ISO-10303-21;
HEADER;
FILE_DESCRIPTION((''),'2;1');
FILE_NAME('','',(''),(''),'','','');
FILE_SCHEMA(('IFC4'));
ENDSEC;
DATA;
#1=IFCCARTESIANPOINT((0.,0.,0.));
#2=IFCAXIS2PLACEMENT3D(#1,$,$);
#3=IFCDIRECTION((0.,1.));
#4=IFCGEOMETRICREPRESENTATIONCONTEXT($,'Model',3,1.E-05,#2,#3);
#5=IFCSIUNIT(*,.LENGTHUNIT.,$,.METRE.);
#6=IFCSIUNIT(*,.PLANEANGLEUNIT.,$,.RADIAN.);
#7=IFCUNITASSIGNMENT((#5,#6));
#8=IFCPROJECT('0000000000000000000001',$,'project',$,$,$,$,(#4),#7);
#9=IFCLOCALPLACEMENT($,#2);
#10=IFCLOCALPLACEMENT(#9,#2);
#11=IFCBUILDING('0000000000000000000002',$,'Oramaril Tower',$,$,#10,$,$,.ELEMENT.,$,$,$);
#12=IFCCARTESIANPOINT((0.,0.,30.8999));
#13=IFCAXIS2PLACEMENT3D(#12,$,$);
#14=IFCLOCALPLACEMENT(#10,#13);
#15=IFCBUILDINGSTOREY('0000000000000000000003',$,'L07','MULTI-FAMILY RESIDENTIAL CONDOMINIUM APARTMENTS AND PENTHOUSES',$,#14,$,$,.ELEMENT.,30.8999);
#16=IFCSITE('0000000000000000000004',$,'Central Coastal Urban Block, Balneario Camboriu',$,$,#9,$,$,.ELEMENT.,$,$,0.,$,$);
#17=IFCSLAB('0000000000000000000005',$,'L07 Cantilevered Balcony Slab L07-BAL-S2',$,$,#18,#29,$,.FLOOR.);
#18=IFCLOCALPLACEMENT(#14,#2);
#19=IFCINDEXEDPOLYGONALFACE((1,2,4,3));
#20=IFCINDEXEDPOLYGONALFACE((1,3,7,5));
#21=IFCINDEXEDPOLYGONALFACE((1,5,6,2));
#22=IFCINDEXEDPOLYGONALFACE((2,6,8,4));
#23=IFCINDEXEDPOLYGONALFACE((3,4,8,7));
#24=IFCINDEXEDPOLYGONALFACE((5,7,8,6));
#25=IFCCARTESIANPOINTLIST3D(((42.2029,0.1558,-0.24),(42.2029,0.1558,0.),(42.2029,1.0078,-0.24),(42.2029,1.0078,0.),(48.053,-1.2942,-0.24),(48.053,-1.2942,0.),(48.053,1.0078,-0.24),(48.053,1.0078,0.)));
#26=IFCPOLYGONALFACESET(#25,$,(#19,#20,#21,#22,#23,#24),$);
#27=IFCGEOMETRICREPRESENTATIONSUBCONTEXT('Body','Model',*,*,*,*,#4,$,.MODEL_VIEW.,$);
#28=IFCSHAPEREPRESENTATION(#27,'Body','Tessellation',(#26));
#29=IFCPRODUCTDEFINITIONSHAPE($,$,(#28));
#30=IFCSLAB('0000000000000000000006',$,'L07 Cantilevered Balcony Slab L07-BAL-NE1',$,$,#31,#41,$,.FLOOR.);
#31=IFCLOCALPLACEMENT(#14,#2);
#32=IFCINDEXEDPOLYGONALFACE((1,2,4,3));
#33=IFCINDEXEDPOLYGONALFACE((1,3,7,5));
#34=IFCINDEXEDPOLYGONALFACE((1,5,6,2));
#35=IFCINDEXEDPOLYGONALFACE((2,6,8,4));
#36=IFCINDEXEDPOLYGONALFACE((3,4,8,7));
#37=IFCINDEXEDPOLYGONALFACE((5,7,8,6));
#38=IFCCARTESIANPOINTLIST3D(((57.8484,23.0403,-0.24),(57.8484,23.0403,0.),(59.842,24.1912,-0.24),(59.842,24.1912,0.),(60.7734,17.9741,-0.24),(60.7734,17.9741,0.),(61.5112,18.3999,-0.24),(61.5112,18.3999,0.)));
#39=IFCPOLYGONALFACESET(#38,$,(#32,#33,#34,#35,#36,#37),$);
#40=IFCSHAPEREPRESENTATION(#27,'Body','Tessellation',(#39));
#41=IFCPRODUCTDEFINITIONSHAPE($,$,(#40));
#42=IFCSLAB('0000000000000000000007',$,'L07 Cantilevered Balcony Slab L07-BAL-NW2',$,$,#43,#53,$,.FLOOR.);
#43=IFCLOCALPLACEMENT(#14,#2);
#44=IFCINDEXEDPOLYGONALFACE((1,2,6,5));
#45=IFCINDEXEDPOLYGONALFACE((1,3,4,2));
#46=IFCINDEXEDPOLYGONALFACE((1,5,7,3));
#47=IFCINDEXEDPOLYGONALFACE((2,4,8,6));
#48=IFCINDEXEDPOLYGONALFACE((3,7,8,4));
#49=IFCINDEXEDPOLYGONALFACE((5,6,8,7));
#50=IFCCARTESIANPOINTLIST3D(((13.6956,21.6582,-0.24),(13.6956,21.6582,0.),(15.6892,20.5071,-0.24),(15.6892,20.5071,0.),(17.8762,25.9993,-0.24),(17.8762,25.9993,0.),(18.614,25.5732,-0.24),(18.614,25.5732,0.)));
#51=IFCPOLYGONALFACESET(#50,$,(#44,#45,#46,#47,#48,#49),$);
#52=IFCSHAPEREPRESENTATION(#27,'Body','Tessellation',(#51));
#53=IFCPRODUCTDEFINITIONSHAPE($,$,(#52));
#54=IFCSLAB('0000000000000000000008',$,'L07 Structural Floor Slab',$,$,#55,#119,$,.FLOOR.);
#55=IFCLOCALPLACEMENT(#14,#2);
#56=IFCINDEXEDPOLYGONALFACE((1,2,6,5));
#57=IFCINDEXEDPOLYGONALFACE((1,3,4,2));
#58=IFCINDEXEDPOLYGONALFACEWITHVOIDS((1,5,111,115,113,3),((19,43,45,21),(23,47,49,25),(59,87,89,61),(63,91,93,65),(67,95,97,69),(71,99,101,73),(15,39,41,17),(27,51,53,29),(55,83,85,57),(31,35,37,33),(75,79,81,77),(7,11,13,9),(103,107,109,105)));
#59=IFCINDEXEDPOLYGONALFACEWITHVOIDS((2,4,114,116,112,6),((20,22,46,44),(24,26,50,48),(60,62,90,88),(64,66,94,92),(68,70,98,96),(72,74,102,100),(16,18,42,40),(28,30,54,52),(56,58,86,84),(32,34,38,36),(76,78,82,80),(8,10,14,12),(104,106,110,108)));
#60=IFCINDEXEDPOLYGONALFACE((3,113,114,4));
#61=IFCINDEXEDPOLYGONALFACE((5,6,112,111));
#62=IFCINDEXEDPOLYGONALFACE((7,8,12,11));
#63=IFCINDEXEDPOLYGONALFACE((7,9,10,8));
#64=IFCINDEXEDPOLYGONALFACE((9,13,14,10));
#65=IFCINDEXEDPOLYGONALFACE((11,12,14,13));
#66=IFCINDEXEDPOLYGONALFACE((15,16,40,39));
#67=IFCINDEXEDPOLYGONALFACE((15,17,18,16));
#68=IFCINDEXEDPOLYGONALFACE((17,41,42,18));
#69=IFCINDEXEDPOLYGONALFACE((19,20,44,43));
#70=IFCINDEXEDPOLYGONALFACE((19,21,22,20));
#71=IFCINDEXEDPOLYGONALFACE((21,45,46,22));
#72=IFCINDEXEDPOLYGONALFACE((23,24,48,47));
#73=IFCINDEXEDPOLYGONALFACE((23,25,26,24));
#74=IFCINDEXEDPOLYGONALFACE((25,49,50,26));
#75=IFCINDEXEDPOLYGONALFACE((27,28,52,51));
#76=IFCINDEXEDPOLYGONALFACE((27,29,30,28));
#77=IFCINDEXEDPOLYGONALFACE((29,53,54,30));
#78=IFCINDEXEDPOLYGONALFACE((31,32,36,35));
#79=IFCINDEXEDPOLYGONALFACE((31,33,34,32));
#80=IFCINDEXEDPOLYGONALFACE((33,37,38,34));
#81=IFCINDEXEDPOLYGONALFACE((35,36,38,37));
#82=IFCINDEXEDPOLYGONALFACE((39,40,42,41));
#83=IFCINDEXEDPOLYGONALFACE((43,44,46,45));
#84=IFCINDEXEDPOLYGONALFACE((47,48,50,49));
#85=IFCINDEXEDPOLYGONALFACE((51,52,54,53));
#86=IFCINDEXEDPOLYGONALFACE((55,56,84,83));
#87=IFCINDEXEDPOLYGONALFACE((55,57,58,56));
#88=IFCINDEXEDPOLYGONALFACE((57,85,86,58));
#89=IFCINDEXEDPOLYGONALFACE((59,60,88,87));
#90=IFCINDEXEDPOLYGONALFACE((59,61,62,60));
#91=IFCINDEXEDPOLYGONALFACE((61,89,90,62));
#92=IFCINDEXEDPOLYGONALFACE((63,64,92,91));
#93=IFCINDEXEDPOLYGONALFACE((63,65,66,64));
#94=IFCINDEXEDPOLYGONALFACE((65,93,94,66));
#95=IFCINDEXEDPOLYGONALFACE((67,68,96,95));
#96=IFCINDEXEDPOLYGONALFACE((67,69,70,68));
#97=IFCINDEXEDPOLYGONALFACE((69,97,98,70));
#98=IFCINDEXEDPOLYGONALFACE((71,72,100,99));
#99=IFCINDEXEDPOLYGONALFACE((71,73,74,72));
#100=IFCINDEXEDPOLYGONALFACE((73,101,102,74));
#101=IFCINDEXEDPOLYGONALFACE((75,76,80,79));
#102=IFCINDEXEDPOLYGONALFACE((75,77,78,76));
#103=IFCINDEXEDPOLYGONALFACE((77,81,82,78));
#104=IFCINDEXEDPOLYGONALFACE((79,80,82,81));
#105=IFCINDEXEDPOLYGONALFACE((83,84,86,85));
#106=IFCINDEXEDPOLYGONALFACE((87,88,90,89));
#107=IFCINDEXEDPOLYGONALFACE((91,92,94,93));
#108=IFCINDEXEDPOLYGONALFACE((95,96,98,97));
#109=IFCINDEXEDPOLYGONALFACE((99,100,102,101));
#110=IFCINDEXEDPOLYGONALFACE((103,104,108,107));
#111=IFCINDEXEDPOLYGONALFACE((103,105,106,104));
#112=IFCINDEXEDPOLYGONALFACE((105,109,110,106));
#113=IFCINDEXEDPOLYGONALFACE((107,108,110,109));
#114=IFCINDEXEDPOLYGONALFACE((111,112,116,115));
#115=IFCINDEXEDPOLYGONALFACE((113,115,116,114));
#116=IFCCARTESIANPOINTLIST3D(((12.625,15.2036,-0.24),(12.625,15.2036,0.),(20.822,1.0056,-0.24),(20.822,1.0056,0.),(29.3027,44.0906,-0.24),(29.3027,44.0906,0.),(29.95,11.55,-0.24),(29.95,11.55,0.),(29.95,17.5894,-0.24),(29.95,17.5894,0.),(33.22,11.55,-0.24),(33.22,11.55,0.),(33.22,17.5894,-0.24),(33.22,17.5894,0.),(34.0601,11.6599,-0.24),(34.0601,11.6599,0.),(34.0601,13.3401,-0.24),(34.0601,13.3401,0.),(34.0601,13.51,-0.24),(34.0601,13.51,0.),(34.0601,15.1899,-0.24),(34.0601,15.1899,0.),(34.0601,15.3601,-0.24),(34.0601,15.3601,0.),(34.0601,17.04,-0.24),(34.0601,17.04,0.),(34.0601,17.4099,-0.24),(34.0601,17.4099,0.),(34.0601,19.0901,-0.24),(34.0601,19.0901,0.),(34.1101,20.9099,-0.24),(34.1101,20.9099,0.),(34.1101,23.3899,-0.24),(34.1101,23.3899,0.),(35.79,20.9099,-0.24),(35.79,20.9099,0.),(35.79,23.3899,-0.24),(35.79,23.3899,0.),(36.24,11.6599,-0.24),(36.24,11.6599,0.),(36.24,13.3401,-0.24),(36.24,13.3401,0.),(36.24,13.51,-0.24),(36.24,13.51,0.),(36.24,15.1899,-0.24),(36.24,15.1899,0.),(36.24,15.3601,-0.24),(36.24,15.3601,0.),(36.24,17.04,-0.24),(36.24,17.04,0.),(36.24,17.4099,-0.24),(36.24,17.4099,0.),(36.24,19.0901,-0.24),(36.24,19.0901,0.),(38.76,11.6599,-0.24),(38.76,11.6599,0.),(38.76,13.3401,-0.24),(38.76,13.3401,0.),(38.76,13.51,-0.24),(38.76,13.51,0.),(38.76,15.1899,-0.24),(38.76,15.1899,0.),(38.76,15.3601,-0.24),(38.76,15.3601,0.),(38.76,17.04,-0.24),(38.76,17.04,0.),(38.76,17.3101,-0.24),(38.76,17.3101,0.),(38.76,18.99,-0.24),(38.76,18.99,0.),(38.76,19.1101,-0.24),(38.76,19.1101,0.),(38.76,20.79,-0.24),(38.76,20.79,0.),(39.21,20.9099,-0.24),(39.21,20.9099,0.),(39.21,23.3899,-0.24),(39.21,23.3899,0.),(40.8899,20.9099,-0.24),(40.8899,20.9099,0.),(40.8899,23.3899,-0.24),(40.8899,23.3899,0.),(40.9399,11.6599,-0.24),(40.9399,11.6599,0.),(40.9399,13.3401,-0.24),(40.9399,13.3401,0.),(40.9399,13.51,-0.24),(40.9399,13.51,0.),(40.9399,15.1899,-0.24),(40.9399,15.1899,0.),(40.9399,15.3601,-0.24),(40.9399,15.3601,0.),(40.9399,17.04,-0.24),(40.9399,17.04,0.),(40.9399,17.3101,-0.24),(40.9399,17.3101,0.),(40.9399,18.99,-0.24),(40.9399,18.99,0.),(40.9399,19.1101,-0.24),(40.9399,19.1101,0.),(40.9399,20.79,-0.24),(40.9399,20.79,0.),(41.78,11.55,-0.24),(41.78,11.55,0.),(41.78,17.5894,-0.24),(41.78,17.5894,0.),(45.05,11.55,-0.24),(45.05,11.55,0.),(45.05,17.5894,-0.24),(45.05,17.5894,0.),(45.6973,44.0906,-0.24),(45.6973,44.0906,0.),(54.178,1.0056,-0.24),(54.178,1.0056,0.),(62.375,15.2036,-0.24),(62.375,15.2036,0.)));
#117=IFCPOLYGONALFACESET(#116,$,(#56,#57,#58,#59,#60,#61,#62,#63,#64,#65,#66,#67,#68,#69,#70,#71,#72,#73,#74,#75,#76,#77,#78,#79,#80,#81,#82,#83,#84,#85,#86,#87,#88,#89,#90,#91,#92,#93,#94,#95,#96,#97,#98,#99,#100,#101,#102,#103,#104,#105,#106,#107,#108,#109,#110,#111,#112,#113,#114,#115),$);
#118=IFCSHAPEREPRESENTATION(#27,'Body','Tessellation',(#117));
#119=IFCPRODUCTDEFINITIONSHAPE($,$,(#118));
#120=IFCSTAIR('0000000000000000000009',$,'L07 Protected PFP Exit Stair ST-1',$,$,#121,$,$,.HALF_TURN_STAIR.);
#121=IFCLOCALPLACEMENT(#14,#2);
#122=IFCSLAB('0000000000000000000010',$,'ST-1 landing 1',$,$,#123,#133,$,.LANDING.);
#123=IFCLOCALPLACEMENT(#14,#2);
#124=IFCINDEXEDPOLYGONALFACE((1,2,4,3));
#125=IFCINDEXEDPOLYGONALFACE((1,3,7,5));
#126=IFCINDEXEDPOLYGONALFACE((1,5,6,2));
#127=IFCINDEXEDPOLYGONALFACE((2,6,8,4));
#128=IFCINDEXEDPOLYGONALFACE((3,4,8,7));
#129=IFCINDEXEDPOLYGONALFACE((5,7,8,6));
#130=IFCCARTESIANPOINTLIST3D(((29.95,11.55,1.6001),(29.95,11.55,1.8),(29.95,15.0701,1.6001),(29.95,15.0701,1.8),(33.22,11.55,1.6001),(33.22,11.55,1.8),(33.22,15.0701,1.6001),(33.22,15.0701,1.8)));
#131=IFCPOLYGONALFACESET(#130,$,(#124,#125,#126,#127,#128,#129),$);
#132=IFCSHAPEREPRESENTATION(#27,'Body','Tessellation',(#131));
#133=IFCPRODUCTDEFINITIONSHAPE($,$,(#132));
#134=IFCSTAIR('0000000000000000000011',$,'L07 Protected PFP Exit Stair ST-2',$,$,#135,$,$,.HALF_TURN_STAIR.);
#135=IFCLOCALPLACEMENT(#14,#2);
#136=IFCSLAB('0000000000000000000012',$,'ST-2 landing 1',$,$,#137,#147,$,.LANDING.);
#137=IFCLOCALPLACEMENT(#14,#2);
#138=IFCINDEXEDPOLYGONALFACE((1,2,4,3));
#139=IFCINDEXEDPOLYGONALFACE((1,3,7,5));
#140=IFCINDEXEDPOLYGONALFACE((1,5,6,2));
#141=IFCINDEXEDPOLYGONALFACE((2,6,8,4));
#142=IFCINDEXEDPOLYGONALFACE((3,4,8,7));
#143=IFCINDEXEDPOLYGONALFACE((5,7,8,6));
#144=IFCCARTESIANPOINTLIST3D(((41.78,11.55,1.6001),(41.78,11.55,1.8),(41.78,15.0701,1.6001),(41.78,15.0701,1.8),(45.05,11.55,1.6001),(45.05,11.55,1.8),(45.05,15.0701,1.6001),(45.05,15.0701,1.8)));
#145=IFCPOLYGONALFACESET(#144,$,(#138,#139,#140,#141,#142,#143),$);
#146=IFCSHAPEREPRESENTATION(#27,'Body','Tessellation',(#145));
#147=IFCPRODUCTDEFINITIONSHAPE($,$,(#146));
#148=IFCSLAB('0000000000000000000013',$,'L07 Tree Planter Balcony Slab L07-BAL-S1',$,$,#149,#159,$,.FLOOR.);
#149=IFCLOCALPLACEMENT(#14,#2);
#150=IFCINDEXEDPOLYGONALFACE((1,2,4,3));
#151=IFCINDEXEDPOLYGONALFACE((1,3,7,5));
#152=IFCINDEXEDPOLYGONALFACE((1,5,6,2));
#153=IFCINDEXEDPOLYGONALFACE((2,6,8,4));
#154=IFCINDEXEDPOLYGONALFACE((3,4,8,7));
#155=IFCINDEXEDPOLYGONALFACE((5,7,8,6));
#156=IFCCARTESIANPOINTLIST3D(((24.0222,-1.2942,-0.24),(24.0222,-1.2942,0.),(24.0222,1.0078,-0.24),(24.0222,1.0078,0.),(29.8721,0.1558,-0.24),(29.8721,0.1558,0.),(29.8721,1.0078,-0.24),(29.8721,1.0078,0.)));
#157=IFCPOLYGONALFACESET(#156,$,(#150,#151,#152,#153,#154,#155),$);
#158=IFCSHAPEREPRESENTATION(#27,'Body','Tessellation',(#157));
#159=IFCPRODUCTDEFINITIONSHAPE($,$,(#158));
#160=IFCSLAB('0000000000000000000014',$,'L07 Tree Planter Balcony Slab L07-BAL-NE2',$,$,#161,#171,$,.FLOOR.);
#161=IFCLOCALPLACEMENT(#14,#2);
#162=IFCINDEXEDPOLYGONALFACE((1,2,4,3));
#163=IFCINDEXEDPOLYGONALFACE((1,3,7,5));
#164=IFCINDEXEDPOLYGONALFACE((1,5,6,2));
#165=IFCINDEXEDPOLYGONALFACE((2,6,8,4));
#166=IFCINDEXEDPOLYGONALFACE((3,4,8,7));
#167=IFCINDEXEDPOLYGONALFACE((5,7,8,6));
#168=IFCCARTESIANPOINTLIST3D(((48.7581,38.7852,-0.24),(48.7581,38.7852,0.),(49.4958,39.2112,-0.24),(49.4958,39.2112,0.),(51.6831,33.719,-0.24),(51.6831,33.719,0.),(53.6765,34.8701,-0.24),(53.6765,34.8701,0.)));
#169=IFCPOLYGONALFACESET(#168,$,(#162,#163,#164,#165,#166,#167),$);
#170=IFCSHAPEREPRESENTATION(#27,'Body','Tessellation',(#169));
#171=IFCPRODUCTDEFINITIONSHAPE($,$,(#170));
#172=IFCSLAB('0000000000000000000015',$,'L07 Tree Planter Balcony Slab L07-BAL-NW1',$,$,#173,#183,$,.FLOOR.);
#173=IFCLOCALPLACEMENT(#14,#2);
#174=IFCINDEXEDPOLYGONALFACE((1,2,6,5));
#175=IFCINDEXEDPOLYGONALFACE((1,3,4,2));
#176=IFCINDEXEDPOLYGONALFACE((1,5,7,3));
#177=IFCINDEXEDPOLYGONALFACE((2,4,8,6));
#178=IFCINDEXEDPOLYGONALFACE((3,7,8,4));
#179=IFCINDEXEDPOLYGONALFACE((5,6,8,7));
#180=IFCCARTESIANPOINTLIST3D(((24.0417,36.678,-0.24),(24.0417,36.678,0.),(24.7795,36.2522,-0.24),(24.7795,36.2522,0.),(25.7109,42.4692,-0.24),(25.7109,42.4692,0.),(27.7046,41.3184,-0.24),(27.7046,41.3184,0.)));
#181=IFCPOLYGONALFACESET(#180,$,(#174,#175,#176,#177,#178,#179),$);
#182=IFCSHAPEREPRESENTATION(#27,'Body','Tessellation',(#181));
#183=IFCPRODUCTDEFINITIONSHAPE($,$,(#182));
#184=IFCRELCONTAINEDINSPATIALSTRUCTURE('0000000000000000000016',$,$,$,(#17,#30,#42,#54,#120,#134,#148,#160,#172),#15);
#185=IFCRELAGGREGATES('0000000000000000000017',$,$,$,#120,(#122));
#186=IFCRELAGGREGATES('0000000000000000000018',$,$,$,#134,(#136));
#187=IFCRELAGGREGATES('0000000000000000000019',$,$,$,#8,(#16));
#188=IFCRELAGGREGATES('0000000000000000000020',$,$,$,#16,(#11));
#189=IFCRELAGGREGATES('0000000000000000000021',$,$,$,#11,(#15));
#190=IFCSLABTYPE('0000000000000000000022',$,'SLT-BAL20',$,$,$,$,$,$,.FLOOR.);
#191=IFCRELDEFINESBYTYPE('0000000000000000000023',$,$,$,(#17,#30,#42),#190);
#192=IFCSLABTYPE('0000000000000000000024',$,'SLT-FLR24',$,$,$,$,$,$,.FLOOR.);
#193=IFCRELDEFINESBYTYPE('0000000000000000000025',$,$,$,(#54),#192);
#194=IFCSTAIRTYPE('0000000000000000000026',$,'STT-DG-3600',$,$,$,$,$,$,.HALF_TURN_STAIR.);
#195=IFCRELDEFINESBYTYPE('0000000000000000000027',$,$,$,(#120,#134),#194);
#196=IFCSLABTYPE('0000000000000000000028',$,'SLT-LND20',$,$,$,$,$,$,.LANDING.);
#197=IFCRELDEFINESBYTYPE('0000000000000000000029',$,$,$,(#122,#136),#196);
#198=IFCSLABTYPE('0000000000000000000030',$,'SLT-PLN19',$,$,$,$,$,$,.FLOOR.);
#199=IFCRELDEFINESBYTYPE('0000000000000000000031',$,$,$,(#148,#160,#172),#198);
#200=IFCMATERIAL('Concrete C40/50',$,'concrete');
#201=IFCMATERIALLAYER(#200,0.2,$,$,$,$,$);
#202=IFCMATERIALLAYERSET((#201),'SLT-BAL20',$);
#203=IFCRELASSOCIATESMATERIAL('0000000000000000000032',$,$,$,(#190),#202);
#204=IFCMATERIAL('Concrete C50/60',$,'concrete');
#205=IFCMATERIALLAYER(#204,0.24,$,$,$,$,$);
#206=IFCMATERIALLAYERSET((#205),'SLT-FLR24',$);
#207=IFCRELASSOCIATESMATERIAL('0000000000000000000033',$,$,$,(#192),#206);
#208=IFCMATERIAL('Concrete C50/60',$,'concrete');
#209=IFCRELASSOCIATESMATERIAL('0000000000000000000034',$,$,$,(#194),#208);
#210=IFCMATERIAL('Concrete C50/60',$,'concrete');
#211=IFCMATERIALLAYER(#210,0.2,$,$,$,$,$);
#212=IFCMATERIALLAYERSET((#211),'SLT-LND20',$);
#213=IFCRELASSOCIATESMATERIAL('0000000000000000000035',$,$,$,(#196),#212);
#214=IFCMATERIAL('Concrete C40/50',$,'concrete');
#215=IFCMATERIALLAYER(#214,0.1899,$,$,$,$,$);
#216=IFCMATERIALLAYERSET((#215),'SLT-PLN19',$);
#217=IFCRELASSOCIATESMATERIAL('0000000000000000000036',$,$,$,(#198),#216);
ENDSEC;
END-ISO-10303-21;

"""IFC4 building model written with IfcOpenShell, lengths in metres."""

from ifc_helpers import new_model, si_unit, direction, frame, origin, place, context, subcontext, project, spatial, polyline, outline, extrude, material, layer, layer_set, type_object, element, aggregate, save


model = new_model("IFC4")

# Units and contexts
model_context = context("Model", 3, precision=1e-05, world=origin(), true_north=direction((0.0, 1.0)))
body_context = subcontext(model_context, "Body", "Model", "MODEL_VIEW")
ifc_project = project(units=[si_unit("LENGTHUNIT", "METRE"), si_unit("PLANEANGLEUNIT", "RADIAN")], contexts=[model_context])

# Site, building, storey
site_placement = place(None, origin())
site = spatial("IfcSite", under=ifc_project, at=site_placement, Name="Central Coastal Urban Block, Balneario Camboriu", CompositionType="ELEMENT", RefElevation=0.0)
building_placement = place(site_placement, origin())
building = spatial("IfcBuilding", under=site, at=building_placement, Name="Oramaril Tower", CompositionType="ELEMENT")
storey_placement = place(building_placement, frame((0.0, 0.0, 30.8999)))
storey = spatial("IfcBuildingStorey", under=building, at=storey_placement, Name="L07", Description="MULTI-FAMILY RESIDENTIAL CONDOMINIUM APARTMENTS AND PENTHOUSES", CompositionType="ELEMENT", Elevation=30.8999)

# Slabs
ifc_material_1 = material(Name="Concrete C40/50", Category="concrete")
ifc_layer_1 = layer(ifc_material_1, 0.2)
ifc_layer_set_1 = layer_set([ifc_layer_1], Name="SLT-BAL20")
slab_type_1 = type_object("IfcSlabType", Name="SLT-BAL20", PredefinedType="FLOOR", material=ifc_layer_set_1)
slab_1_placement = place(storey_placement, frame((0.0, 0.0, -0.24)))
element("IfcSlab", 1, at=slab_1_placement, inside=storey, type_object=slab_type_1, Name="L07 Cantilevered Balcony Slab L07-BAL-S2", PredefinedType="FLOOR", context=body_context, shape_type="SweptSolid", body=[
    extrude(outline(polyline([(42.2029, 1.0078), (48.053, 1.0078), (48.053, -1.2942), (42.2029, 0.1558), (42.2029, 1.0078)])), origin(), (0.0, 0.0, 1.0), 0.24),
])
slab_2_placement = place(storey_placement, frame((0.0, 0.0, -0.24)))
element("IfcSlab", 2, at=slab_2_placement, inside=storey, type_object=slab_type_1, Name="L07 Cantilevered Balcony Slab L07-BAL-NE1", PredefinedType="FLOOR", context=body_context, shape_type="SweptSolid", body=[
    extrude(outline(polyline([(60.7734, 17.9741), (57.8484, 23.0403), (59.842, 24.1912), (61.5112, 18.3999), (60.7734, 17.9741)])), origin(), (0.0, 0.0, 1.0), 0.24),
])
slab_3_placement = place(storey_placement, frame((0.0, 0.0, -0.24)))
element("IfcSlab", 3, at=slab_3_placement, inside=storey, type_object=slab_type_1, Name="L07 Cantilevered Balcony Slab L07-BAL-NW2", PredefinedType="FLOOR", context=body_context, shape_type="SweptSolid", body=[
    extrude(outline(polyline([(18.614, 25.5732), (15.6892, 20.5071), (13.6956, 21.6582), (17.8762, 25.9993), (18.614, 25.5732)])), origin(), (0.0, 0.0, 1.0), 0.24),
])
ifc_material_2 = material(Name="Concrete C50/60", Category="concrete")
ifc_layer_2 = layer(ifc_material_2, 0.24)
ifc_layer_set_2 = layer_set([ifc_layer_2], Name="SLT-FLR24")
slab_type_2 = type_object("IfcSlabType", Name="SLT-FLR24", PredefinedType="FLOOR", material=ifc_layer_set_2)
slab_4_placement = place(storey_placement, frame((0.0, 0.0, -0.24)))
element("IfcSlab", 4, at=slab_4_placement, inside=storey, type_object=slab_type_2, Name="L07 Structural Floor Slab", PredefinedType="FLOOR", context=body_context, shape_type="SweptSolid", body=[
    extrude(outline(polyline([(12.625, 15.2036), (20.822, 1.0056), (54.178, 1.0056), (62.375, 15.2036), (45.6973, 44.0906), (29.3027, 44.0906), (12.625, 15.2036)]), holes=[polyline([(29.95, 17.5894), (29.95, 11.55), (33.22, 11.55), (33.22, 17.5894), (29.95, 17.5894)]), polyline([(41.78, 17.5894), (41.78, 11.55), (45.05, 11.55), (45.05, 17.5894), (41.78, 17.5894)]), polyline([(34.1101, 20.9099), (35.79, 20.9099), (35.79, 23.3899), (34.1101, 23.3899), (34.1101, 20.9099)]), polyline([(39.21, 20.9099), (40.8899, 20.9099), (40.8899, 23.3899), (39.21, 23.3899), (39.21, 20.9099)]), polyline([(34.0601, 11.6599), (36.24, 11.6599), (36.24, 13.3401), (34.0601, 13.3401), (34.0601, 11.6599)]), polyline([(34.0601, 13.51), (36.24, 13.51), (36.24, 15.1899), (34.0601, 15.1899), (34.0601, 13.51)]), polyline([(34.0601, 15.3601), (36.24, 15.3601), (36.24, 17.04), (34.0601, 17.04), (34.0601, 15.3601)]), polyline([(38.76, 11.6599), (40.9399, 11.6599), (40.9399, 13.3401), (38.76, 13.3401), (38.76, 11.6599)]), polyline([(38.76, 13.51), (40.9399, 13.51), (40.9399, 15.1899), (38.76, 15.1899), (38.76, 13.51)]), polyline([(38.76, 15.3601), (40.9399, 15.3601), (40.9399, 17.04), (38.76, 17.04), (38.76, 15.3601)]), polyline([(34.0601, 17.4099), (36.24, 17.4099), (36.24, 19.0901), (34.0601, 19.0901), (34.0601, 17.4099)]), polyline([(38.76, 17.3101), (40.9399, 17.3101), (40.9399, 18.99), (38.76, 18.99), (38.76, 17.3101)]), polyline([(38.76, 19.1101), (40.9399, 19.1101), (40.9399, 20.79), (38.76, 20.79), (38.76, 19.1101)])]), origin(), (0.0, 0.0, 1.0), 0.24),
])

# Stairs, slabs
ifc_material_3 = material(Name="Concrete C50/60", Category="concrete")
stair_type = type_object("IfcStairType", Name="STT-DG-3600", PredefinedType="HALF_TURN_STAIR", material=ifc_material_3)
stair_1_placement = place(storey_placement, origin())
stair_1 = element("IfcStair", 5, at=stair_1_placement, inside=storey, type_object=stair_type, Name="L07 Protected PFP Exit Stair ST-1", PredefinedType="HALF_TURN_STAIR")
ifc_material_4 = material(Name="Concrete C50/60", Category="concrete")
ifc_layer_3 = layer(ifc_material_4, 0.2)
ifc_layer_set_3 = layer_set([ifc_layer_3], Name="SLT-LND20")
slab_type_3 = type_object("IfcSlabType", Name="SLT-LND20", PredefinedType="LANDING", material=ifc_layer_set_3)
slab_5_placement = place(storey_placement, frame((0.0, 0.0, 1.6001)))
slab_5 = element("IfcSlab", 6, at=slab_5_placement, type_object=slab_type_3, Name="ST-1 landing 1", PredefinedType="LANDING", context=body_context, shape_type="SweptSolid", body=[
    extrude(outline(polyline([(29.95, 15.0701), (29.95, 11.55), (33.22, 11.55), (33.22, 15.0701), (29.95, 15.0701)])), origin(), (0.0, 0.0, 1.0), 0.2),
])
aggregate(stair_1, [slab_5])
stair_2_placement = place(storey_placement, origin())
stair_2 = element("IfcStair", 7, at=stair_2_placement, inside=storey, type_object=stair_type, Name="L07 Protected PFP Exit Stair ST-2", PredefinedType="HALF_TURN_STAIR")
slab_6_placement = place(storey_placement, frame((0.0, 0.0, 1.6001)))
slab_6 = element("IfcSlab", 8, at=slab_6_placement, type_object=slab_type_3, Name="ST-2 landing 1", PredefinedType="LANDING", context=body_context, shape_type="SweptSolid", body=[
    extrude(outline(polyline([(41.78, 15.0701), (41.78, 11.55), (45.05, 11.55), (45.05, 15.0701), (41.78, 15.0701)])), origin(), (0.0, 0.0, 1.0), 0.2),
])
aggregate(stair_2, [slab_6])

# Slabs
ifc_material_5 = material(Name="Concrete C40/50", Category="concrete")
ifc_layer_4 = layer(ifc_material_5, 0.1899)
ifc_layer_set_4 = layer_set([ifc_layer_4], Name="SLT-PLN19")
slab_type_4 = type_object("IfcSlabType", Name="SLT-PLN19", PredefinedType="FLOOR", material=ifc_layer_set_4)
slab_7_placement = place(storey_placement, frame((0.0, 0.0, -0.24)))
element("IfcSlab", 9, at=slab_7_placement, inside=storey, type_object=slab_type_4, Name="L07 Tree Planter Balcony Slab L07-BAL-S1", PredefinedType="FLOOR", context=body_context, shape_type="SweptSolid", body=[
    extrude(outline(polyline([(24.0222, 1.0078), (29.8721, 1.0078), (29.8721, 0.1558), (24.0222, -1.2942), (24.0222, 1.0078)])), origin(), (0.0, 0.0, 1.0), 0.24),
])
slab_8_placement = place(storey_placement, frame((0.0, 0.0, -0.24)))
element("IfcSlab", 10, at=slab_8_placement, inside=storey, type_object=slab_type_4, Name="L07 Tree Planter Balcony Slab L07-BAL-NE2", PredefinedType="FLOOR", context=body_context, shape_type="SweptSolid", body=[
    extrude(outline(polyline([(51.6831, 33.719), (48.7581, 38.7852), (49.4958, 39.2112), (53.6765, 34.8701), (51.6831, 33.719)])), origin(), (0.0, 0.0, 1.0), 0.24),
])
slab_9_placement = place(storey_placement, frame((0.0, 0.0, -0.24)))
element("IfcSlab", 11, at=slab_9_placement, inside=storey, type_object=slab_type_4, Name="L07 Tree Planter Balcony Slab L07-BAL-NW1", PredefinedType="FLOOR", context=body_context, shape_type="SweptSolid", body=[
    extrude(outline(polyline([(27.7046, 41.3184), (24.7795, 36.2522), (24.0417, 36.678), (25.7109, 42.4692), (27.7046, 41.3184)])), origin(), (0.0, 0.0, 1.0), 0.24),
])

save(model, "model.ifc")
